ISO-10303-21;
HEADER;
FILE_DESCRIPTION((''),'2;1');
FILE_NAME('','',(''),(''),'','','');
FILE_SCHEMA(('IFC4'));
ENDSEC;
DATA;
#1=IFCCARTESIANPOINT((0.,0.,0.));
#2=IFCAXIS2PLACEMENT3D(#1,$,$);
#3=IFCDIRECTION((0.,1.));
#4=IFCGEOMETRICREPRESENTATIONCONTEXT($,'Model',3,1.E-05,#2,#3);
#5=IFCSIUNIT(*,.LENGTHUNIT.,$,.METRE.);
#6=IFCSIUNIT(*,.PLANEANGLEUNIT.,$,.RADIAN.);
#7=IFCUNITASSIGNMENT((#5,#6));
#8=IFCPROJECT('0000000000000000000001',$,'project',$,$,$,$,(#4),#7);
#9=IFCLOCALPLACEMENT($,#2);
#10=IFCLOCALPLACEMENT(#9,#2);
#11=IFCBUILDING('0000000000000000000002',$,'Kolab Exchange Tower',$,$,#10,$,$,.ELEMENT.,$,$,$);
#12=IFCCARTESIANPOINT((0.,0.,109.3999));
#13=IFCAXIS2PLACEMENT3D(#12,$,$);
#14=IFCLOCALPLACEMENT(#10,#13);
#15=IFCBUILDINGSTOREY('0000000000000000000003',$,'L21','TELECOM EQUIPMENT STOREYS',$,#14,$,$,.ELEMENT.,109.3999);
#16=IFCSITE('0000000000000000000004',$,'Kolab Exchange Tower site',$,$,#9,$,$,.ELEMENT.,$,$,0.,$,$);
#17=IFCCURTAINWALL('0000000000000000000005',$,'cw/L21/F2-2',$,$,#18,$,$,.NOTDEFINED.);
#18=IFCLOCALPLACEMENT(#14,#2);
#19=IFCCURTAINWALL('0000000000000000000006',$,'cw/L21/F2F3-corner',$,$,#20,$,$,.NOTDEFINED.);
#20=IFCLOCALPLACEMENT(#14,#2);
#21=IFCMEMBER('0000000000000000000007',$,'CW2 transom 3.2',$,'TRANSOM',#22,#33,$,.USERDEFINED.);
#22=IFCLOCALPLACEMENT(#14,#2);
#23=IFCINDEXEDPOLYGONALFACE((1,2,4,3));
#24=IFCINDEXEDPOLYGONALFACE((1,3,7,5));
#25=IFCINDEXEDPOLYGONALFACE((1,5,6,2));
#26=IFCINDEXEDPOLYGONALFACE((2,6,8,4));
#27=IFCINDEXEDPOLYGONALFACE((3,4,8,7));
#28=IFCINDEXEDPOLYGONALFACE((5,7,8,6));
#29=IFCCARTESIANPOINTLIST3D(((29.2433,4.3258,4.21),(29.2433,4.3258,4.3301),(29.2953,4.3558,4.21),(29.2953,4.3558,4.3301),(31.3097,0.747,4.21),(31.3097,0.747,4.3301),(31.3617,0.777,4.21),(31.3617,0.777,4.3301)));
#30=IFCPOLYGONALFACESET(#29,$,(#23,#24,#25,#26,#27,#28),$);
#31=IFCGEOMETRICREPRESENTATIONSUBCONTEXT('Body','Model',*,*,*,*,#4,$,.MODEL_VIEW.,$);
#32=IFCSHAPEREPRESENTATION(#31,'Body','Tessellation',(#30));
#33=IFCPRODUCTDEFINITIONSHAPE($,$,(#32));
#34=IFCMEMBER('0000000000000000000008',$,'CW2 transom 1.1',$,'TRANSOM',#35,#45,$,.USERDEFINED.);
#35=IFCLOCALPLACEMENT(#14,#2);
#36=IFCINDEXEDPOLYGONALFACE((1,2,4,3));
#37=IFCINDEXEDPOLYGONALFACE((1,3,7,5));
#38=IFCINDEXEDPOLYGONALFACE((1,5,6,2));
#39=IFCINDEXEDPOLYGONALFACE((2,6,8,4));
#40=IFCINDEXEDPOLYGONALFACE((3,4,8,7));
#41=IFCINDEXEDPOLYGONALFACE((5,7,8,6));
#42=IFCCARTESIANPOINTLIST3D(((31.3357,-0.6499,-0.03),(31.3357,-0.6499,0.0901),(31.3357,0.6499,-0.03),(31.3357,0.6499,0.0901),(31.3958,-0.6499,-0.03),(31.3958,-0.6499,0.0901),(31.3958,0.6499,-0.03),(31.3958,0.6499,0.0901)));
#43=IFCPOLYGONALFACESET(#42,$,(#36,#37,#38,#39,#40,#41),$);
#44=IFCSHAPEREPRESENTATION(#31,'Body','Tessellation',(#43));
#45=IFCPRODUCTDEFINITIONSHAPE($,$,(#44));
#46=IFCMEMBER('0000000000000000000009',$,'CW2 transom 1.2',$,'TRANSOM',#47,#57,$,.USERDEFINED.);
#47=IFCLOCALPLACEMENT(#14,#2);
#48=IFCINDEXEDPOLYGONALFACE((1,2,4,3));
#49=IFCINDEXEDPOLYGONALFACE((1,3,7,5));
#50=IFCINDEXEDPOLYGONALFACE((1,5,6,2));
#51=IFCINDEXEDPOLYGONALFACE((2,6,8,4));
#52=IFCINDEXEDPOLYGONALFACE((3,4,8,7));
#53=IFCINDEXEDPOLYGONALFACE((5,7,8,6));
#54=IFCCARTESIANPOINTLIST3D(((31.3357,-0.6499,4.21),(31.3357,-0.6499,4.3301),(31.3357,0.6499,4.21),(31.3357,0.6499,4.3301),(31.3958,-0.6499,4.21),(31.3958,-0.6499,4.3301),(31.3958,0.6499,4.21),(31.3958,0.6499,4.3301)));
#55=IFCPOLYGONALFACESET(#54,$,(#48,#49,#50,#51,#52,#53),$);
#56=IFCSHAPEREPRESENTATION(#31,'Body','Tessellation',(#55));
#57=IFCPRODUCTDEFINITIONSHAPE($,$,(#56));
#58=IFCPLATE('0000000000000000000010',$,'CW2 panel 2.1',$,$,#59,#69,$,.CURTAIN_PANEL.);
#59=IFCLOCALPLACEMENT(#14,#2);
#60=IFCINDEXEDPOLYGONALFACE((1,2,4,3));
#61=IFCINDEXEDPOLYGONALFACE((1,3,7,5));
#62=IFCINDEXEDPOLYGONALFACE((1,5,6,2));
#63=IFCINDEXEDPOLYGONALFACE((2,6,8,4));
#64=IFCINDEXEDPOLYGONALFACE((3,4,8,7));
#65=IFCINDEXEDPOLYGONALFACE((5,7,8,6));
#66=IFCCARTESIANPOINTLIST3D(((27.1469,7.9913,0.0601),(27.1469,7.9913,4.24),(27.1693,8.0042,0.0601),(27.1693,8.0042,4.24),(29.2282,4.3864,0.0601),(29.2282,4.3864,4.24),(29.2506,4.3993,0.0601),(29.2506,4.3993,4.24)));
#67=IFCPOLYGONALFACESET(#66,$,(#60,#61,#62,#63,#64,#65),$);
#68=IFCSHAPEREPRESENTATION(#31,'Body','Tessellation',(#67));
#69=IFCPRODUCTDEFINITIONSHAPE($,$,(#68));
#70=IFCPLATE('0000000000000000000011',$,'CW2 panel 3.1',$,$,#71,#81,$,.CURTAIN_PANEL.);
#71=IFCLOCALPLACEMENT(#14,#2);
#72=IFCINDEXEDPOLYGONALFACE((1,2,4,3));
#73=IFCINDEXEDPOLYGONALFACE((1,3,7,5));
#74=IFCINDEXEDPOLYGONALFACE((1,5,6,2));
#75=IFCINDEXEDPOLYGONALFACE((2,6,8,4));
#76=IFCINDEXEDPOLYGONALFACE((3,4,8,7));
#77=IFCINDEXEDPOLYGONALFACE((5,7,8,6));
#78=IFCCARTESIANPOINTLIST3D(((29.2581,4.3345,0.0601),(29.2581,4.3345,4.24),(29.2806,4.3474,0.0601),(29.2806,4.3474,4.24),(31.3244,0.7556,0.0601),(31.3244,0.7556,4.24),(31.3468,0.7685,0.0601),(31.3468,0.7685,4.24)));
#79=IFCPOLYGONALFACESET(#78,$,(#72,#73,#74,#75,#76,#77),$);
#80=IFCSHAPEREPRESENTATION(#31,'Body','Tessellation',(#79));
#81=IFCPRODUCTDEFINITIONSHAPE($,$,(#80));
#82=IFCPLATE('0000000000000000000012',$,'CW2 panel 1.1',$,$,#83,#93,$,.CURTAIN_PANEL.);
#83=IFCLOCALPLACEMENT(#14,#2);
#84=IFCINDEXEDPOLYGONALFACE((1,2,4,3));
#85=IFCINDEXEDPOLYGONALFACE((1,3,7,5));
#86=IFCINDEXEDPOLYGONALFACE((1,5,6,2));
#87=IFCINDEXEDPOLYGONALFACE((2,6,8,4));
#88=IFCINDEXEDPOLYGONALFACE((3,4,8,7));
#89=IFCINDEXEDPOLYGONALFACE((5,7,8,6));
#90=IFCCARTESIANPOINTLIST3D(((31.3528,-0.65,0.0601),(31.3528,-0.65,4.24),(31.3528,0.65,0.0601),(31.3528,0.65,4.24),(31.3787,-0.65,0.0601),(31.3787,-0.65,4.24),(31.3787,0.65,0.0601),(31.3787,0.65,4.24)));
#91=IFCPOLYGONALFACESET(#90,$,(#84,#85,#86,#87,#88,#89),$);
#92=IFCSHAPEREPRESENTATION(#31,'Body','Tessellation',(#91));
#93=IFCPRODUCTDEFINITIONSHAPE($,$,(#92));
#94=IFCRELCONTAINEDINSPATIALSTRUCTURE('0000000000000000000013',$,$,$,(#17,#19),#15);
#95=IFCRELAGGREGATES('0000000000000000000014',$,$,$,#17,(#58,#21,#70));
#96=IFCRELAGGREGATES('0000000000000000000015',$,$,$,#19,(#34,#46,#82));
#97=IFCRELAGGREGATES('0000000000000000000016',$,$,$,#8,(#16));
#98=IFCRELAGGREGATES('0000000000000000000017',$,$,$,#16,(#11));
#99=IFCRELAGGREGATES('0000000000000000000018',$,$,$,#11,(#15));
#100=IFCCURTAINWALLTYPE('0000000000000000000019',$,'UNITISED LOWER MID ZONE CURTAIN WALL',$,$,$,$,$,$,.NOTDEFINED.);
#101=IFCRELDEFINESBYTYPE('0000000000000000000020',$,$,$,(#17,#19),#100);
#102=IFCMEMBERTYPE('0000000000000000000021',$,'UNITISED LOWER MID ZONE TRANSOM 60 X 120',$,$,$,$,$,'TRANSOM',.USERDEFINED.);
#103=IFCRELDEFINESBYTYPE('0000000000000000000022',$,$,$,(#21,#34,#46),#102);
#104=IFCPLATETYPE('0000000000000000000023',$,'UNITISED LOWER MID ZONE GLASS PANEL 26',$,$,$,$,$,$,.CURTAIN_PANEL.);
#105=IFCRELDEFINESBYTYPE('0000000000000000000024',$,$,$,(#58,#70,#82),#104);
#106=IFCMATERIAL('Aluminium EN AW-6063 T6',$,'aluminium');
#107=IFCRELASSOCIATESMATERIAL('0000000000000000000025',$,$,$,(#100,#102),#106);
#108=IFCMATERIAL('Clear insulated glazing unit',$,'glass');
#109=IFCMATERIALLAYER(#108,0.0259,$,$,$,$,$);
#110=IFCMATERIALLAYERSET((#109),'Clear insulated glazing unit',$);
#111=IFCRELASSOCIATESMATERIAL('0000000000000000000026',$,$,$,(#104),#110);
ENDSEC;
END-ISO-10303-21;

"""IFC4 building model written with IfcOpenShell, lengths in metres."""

from ifc_helpers import new_model, si_unit, direction, frame, origin, origin_2d, place, context, subcontext, project, spatial, rectangle, extrude, material, layer, layer_set, material_profile, profile_set, type_object, element, aggregate, save


model = new_model("IFC4")

# Units and contexts
model_context = context("Model", 3, precision=1e-05, world=origin(), true_north=direction((0.0, 1.0)))
body_context = subcontext(model_context, "Body", "Model", "MODEL_VIEW")
ifc_project = project(units=[si_unit("LENGTHUNIT", "METRE"), si_unit("PLANEANGLEUNIT", "RADIAN")], contexts=[model_context])

# Site, building, storey
site_placement = place(None, origin())
site = spatial("IfcSite", under=ifc_project, at=site_placement, Name="Kolab Exchange Tower site", CompositionType="ELEMENT", RefElevation=0.0)
building_placement = place(site_placement, origin())
building = spatial("IfcBuilding", under=site, at=building_placement, Name="Kolab Exchange Tower", CompositionType="ELEMENT")
storey_placement = place(building_placement, frame((0.0, 0.0, 109.3999)))
storey = spatial("IfcBuildingStorey", under=building, at=storey_placement, Name="L21", Description="TELECOM EQUIPMENT STOREYS", CompositionType="ELEMENT", Elevation=109.3999)

# Curtain wall
ifc_material_1 = material(Name="Aluminium EN AW-6063 T6", Category="aluminium")
curtain_wall_type = type_object("IfcCurtainWallType", Name="UNITISED LOWER MID ZONE CURTAIN WALL", PredefinedType="NOTDEFINED", material=ifc_material_1)
curtain_wall_1_placement = place(storey_placement, origin())
curtain_wall_1 = element("IfcCurtainWall", 1, at=curtain_wall_1_placement, inside=storey, type_object=curtain_wall_type, Name="cw/L21/F2-2", PredefinedType="NOTDEFINED")

# Curtain wall
curtain_wall_2_placement = place(storey_placement, origin())
curtain_wall_2 = element("IfcCurtainWall", 2, at=curtain_wall_2_placement, inside=storey, type_object=curtain_wall_type, Name="cw/L21/F2F3-corner", PredefinedType="NOTDEFINED")

# Members
ifc_material_profile_1 = material_profile(ifc_material_1, rectangle(XDim=0.0601, YDim=0.1201, at=origin_2d()), Name="RECT 60X120")
ifc_profile_set_1 = profile_set([ifc_material_profile_1], Name="Aluminium EN AW-6063 T6")
member_type_1 = type_object("IfcMemberType", Name="UNITISED LOWER MID ZONE TRANSOM 60 X 120", ElementType="TRANSOM", PredefinedType="USERDEFINED", material=ifc_profile_set_1)
member_1_placement = place(storey_placement, frame((29.2693, 4.3408, 4.27), z_axis=(0.500028, -0.866009, 0.0), x_axis=(0.866009, 0.500028, 0.0)))
member_1 = element("IfcMember", 3, at=member_1_placement, type_object=member_type_1, Name="CW2 transom 3.2", ObjectType="TRANSOM", PredefinedType="USERDEFINED", context=body_context, shape_type="SweptSolid", body=[
    extrude(rectangle(XDim=0.0601, YDim=0.1201, at=origin_2d()), origin(), (0.0, 0.0, 1.0), 4.1326),
])
member_2_placement = place(storey_placement, frame((31.3657, 0.6499, 0.03), z_axis=(0.0, -1.0, 0.0), x_axis=(1.0, 0.0, 0.0)))
member_2 = element("IfcMember", 4, at=member_2_placement, type_object=member_type_1, Name="CW2 transom 1.1", ObjectType="TRANSOM", PredefinedType="USERDEFINED", context=body_context, shape_type="SweptSolid", body=[
    extrude(rectangle(XDim=0.0601, YDim=0.1201, at=origin_2d()), origin(), (0.0, 0.0, 1.0), 1.2998),
])
member_3_placement = place(storey_placement, frame((31.3657, 0.6499, 4.27), z_axis=(0.0, -1.0, 0.0), x_axis=(1.0, 0.0, 0.0)))
member_3 = element("IfcMember", 5, at=member_3_placement, type_object=member_type_1, Name="CW2 transom 1.2", ObjectType="TRANSOM", PredefinedType="USERDEFINED", context=body_context, shape_type="SweptSolid", body=[
    extrude(rectangle(XDim=0.0601, YDim=0.1201, at=origin_2d()), origin(), (0.0, 0.0, 1.0), 1.2998),
])

# Plates
ifc_material_2 = material(Name="Clear insulated glazing unit", Category="glass")
ifc_layer = layer(ifc_material_2, 0.0259)
ifc_layer_set = layer_set([ifc_layer], Name="Clear insulated glazing unit")
plate_type = type_object("IfcPlateType", Name="UNITISED LOWER MID ZONE GLASS PANEL 26", PredefinedType="CURTAIN_PANEL", material=ifc_layer_set)
plate_1_placement = place(storey_placement, frame((28.1987, 6.1953, 0.0601), z_axis=(0.0, 0.0, 1.0), x_axis=(0.5, -0.866025, 0.0)))
plate_1 = element("IfcPlate", 6, at=plate_1_placement, type_object=plate_type, Name="CW2 panel 2.1", PredefinedType="CURTAIN_PANEL", context=body_context, shape_type="SweptSolid", body=[
    extrude(rectangle(XDim=4.1626, YDim=0.0259, at=origin_2d()), origin(), (0.0, 0.0, 1.0), 4.1799),
])
plate_2_placement = place(storey_placement, frame((30.3025, 2.5515, 0.0601), z_axis=(0.0, 0.0, 1.0), x_axis=(0.5, -0.866025, 0.0)))
plate_2 = element("IfcPlate", 7, at=plate_2_placement, type_object=plate_type, Name="CW2 panel 3.1", PredefinedType="CURTAIN_PANEL", context=body_context, shape_type="SweptSolid", body=[
    extrude(rectangle(XDim=4.1326, YDim=0.0259, at=origin_2d()), origin(), (0.0, 0.0, 1.0), 4.1799),
])
aggregate(curtain_wall_1, [plate_1, member_1, plate_2])
plate_3_placement = place(storey_placement, frame((31.3657, 0.0, 0.0601), z_axis=(0.0, 0.0, 1.0), x_axis=(0.0, -1.0, 0.0)))
plate_3 = element("IfcPlate", 8, at=plate_3_placement, type_object=plate_type, Name="CW2 panel 1.1", PredefinedType="CURTAIN_PANEL", context=body_context, shape_type="SweptSolid", body=[
    extrude(rectangle(XDim=1.3, YDim=0.0259, at=origin_2d()), origin(), (0.0, 0.0, 1.0), 4.1799),
])
aggregate(curtain_wall_2, [member_2, member_3, plate_3])

save(model, "model.ifc")
